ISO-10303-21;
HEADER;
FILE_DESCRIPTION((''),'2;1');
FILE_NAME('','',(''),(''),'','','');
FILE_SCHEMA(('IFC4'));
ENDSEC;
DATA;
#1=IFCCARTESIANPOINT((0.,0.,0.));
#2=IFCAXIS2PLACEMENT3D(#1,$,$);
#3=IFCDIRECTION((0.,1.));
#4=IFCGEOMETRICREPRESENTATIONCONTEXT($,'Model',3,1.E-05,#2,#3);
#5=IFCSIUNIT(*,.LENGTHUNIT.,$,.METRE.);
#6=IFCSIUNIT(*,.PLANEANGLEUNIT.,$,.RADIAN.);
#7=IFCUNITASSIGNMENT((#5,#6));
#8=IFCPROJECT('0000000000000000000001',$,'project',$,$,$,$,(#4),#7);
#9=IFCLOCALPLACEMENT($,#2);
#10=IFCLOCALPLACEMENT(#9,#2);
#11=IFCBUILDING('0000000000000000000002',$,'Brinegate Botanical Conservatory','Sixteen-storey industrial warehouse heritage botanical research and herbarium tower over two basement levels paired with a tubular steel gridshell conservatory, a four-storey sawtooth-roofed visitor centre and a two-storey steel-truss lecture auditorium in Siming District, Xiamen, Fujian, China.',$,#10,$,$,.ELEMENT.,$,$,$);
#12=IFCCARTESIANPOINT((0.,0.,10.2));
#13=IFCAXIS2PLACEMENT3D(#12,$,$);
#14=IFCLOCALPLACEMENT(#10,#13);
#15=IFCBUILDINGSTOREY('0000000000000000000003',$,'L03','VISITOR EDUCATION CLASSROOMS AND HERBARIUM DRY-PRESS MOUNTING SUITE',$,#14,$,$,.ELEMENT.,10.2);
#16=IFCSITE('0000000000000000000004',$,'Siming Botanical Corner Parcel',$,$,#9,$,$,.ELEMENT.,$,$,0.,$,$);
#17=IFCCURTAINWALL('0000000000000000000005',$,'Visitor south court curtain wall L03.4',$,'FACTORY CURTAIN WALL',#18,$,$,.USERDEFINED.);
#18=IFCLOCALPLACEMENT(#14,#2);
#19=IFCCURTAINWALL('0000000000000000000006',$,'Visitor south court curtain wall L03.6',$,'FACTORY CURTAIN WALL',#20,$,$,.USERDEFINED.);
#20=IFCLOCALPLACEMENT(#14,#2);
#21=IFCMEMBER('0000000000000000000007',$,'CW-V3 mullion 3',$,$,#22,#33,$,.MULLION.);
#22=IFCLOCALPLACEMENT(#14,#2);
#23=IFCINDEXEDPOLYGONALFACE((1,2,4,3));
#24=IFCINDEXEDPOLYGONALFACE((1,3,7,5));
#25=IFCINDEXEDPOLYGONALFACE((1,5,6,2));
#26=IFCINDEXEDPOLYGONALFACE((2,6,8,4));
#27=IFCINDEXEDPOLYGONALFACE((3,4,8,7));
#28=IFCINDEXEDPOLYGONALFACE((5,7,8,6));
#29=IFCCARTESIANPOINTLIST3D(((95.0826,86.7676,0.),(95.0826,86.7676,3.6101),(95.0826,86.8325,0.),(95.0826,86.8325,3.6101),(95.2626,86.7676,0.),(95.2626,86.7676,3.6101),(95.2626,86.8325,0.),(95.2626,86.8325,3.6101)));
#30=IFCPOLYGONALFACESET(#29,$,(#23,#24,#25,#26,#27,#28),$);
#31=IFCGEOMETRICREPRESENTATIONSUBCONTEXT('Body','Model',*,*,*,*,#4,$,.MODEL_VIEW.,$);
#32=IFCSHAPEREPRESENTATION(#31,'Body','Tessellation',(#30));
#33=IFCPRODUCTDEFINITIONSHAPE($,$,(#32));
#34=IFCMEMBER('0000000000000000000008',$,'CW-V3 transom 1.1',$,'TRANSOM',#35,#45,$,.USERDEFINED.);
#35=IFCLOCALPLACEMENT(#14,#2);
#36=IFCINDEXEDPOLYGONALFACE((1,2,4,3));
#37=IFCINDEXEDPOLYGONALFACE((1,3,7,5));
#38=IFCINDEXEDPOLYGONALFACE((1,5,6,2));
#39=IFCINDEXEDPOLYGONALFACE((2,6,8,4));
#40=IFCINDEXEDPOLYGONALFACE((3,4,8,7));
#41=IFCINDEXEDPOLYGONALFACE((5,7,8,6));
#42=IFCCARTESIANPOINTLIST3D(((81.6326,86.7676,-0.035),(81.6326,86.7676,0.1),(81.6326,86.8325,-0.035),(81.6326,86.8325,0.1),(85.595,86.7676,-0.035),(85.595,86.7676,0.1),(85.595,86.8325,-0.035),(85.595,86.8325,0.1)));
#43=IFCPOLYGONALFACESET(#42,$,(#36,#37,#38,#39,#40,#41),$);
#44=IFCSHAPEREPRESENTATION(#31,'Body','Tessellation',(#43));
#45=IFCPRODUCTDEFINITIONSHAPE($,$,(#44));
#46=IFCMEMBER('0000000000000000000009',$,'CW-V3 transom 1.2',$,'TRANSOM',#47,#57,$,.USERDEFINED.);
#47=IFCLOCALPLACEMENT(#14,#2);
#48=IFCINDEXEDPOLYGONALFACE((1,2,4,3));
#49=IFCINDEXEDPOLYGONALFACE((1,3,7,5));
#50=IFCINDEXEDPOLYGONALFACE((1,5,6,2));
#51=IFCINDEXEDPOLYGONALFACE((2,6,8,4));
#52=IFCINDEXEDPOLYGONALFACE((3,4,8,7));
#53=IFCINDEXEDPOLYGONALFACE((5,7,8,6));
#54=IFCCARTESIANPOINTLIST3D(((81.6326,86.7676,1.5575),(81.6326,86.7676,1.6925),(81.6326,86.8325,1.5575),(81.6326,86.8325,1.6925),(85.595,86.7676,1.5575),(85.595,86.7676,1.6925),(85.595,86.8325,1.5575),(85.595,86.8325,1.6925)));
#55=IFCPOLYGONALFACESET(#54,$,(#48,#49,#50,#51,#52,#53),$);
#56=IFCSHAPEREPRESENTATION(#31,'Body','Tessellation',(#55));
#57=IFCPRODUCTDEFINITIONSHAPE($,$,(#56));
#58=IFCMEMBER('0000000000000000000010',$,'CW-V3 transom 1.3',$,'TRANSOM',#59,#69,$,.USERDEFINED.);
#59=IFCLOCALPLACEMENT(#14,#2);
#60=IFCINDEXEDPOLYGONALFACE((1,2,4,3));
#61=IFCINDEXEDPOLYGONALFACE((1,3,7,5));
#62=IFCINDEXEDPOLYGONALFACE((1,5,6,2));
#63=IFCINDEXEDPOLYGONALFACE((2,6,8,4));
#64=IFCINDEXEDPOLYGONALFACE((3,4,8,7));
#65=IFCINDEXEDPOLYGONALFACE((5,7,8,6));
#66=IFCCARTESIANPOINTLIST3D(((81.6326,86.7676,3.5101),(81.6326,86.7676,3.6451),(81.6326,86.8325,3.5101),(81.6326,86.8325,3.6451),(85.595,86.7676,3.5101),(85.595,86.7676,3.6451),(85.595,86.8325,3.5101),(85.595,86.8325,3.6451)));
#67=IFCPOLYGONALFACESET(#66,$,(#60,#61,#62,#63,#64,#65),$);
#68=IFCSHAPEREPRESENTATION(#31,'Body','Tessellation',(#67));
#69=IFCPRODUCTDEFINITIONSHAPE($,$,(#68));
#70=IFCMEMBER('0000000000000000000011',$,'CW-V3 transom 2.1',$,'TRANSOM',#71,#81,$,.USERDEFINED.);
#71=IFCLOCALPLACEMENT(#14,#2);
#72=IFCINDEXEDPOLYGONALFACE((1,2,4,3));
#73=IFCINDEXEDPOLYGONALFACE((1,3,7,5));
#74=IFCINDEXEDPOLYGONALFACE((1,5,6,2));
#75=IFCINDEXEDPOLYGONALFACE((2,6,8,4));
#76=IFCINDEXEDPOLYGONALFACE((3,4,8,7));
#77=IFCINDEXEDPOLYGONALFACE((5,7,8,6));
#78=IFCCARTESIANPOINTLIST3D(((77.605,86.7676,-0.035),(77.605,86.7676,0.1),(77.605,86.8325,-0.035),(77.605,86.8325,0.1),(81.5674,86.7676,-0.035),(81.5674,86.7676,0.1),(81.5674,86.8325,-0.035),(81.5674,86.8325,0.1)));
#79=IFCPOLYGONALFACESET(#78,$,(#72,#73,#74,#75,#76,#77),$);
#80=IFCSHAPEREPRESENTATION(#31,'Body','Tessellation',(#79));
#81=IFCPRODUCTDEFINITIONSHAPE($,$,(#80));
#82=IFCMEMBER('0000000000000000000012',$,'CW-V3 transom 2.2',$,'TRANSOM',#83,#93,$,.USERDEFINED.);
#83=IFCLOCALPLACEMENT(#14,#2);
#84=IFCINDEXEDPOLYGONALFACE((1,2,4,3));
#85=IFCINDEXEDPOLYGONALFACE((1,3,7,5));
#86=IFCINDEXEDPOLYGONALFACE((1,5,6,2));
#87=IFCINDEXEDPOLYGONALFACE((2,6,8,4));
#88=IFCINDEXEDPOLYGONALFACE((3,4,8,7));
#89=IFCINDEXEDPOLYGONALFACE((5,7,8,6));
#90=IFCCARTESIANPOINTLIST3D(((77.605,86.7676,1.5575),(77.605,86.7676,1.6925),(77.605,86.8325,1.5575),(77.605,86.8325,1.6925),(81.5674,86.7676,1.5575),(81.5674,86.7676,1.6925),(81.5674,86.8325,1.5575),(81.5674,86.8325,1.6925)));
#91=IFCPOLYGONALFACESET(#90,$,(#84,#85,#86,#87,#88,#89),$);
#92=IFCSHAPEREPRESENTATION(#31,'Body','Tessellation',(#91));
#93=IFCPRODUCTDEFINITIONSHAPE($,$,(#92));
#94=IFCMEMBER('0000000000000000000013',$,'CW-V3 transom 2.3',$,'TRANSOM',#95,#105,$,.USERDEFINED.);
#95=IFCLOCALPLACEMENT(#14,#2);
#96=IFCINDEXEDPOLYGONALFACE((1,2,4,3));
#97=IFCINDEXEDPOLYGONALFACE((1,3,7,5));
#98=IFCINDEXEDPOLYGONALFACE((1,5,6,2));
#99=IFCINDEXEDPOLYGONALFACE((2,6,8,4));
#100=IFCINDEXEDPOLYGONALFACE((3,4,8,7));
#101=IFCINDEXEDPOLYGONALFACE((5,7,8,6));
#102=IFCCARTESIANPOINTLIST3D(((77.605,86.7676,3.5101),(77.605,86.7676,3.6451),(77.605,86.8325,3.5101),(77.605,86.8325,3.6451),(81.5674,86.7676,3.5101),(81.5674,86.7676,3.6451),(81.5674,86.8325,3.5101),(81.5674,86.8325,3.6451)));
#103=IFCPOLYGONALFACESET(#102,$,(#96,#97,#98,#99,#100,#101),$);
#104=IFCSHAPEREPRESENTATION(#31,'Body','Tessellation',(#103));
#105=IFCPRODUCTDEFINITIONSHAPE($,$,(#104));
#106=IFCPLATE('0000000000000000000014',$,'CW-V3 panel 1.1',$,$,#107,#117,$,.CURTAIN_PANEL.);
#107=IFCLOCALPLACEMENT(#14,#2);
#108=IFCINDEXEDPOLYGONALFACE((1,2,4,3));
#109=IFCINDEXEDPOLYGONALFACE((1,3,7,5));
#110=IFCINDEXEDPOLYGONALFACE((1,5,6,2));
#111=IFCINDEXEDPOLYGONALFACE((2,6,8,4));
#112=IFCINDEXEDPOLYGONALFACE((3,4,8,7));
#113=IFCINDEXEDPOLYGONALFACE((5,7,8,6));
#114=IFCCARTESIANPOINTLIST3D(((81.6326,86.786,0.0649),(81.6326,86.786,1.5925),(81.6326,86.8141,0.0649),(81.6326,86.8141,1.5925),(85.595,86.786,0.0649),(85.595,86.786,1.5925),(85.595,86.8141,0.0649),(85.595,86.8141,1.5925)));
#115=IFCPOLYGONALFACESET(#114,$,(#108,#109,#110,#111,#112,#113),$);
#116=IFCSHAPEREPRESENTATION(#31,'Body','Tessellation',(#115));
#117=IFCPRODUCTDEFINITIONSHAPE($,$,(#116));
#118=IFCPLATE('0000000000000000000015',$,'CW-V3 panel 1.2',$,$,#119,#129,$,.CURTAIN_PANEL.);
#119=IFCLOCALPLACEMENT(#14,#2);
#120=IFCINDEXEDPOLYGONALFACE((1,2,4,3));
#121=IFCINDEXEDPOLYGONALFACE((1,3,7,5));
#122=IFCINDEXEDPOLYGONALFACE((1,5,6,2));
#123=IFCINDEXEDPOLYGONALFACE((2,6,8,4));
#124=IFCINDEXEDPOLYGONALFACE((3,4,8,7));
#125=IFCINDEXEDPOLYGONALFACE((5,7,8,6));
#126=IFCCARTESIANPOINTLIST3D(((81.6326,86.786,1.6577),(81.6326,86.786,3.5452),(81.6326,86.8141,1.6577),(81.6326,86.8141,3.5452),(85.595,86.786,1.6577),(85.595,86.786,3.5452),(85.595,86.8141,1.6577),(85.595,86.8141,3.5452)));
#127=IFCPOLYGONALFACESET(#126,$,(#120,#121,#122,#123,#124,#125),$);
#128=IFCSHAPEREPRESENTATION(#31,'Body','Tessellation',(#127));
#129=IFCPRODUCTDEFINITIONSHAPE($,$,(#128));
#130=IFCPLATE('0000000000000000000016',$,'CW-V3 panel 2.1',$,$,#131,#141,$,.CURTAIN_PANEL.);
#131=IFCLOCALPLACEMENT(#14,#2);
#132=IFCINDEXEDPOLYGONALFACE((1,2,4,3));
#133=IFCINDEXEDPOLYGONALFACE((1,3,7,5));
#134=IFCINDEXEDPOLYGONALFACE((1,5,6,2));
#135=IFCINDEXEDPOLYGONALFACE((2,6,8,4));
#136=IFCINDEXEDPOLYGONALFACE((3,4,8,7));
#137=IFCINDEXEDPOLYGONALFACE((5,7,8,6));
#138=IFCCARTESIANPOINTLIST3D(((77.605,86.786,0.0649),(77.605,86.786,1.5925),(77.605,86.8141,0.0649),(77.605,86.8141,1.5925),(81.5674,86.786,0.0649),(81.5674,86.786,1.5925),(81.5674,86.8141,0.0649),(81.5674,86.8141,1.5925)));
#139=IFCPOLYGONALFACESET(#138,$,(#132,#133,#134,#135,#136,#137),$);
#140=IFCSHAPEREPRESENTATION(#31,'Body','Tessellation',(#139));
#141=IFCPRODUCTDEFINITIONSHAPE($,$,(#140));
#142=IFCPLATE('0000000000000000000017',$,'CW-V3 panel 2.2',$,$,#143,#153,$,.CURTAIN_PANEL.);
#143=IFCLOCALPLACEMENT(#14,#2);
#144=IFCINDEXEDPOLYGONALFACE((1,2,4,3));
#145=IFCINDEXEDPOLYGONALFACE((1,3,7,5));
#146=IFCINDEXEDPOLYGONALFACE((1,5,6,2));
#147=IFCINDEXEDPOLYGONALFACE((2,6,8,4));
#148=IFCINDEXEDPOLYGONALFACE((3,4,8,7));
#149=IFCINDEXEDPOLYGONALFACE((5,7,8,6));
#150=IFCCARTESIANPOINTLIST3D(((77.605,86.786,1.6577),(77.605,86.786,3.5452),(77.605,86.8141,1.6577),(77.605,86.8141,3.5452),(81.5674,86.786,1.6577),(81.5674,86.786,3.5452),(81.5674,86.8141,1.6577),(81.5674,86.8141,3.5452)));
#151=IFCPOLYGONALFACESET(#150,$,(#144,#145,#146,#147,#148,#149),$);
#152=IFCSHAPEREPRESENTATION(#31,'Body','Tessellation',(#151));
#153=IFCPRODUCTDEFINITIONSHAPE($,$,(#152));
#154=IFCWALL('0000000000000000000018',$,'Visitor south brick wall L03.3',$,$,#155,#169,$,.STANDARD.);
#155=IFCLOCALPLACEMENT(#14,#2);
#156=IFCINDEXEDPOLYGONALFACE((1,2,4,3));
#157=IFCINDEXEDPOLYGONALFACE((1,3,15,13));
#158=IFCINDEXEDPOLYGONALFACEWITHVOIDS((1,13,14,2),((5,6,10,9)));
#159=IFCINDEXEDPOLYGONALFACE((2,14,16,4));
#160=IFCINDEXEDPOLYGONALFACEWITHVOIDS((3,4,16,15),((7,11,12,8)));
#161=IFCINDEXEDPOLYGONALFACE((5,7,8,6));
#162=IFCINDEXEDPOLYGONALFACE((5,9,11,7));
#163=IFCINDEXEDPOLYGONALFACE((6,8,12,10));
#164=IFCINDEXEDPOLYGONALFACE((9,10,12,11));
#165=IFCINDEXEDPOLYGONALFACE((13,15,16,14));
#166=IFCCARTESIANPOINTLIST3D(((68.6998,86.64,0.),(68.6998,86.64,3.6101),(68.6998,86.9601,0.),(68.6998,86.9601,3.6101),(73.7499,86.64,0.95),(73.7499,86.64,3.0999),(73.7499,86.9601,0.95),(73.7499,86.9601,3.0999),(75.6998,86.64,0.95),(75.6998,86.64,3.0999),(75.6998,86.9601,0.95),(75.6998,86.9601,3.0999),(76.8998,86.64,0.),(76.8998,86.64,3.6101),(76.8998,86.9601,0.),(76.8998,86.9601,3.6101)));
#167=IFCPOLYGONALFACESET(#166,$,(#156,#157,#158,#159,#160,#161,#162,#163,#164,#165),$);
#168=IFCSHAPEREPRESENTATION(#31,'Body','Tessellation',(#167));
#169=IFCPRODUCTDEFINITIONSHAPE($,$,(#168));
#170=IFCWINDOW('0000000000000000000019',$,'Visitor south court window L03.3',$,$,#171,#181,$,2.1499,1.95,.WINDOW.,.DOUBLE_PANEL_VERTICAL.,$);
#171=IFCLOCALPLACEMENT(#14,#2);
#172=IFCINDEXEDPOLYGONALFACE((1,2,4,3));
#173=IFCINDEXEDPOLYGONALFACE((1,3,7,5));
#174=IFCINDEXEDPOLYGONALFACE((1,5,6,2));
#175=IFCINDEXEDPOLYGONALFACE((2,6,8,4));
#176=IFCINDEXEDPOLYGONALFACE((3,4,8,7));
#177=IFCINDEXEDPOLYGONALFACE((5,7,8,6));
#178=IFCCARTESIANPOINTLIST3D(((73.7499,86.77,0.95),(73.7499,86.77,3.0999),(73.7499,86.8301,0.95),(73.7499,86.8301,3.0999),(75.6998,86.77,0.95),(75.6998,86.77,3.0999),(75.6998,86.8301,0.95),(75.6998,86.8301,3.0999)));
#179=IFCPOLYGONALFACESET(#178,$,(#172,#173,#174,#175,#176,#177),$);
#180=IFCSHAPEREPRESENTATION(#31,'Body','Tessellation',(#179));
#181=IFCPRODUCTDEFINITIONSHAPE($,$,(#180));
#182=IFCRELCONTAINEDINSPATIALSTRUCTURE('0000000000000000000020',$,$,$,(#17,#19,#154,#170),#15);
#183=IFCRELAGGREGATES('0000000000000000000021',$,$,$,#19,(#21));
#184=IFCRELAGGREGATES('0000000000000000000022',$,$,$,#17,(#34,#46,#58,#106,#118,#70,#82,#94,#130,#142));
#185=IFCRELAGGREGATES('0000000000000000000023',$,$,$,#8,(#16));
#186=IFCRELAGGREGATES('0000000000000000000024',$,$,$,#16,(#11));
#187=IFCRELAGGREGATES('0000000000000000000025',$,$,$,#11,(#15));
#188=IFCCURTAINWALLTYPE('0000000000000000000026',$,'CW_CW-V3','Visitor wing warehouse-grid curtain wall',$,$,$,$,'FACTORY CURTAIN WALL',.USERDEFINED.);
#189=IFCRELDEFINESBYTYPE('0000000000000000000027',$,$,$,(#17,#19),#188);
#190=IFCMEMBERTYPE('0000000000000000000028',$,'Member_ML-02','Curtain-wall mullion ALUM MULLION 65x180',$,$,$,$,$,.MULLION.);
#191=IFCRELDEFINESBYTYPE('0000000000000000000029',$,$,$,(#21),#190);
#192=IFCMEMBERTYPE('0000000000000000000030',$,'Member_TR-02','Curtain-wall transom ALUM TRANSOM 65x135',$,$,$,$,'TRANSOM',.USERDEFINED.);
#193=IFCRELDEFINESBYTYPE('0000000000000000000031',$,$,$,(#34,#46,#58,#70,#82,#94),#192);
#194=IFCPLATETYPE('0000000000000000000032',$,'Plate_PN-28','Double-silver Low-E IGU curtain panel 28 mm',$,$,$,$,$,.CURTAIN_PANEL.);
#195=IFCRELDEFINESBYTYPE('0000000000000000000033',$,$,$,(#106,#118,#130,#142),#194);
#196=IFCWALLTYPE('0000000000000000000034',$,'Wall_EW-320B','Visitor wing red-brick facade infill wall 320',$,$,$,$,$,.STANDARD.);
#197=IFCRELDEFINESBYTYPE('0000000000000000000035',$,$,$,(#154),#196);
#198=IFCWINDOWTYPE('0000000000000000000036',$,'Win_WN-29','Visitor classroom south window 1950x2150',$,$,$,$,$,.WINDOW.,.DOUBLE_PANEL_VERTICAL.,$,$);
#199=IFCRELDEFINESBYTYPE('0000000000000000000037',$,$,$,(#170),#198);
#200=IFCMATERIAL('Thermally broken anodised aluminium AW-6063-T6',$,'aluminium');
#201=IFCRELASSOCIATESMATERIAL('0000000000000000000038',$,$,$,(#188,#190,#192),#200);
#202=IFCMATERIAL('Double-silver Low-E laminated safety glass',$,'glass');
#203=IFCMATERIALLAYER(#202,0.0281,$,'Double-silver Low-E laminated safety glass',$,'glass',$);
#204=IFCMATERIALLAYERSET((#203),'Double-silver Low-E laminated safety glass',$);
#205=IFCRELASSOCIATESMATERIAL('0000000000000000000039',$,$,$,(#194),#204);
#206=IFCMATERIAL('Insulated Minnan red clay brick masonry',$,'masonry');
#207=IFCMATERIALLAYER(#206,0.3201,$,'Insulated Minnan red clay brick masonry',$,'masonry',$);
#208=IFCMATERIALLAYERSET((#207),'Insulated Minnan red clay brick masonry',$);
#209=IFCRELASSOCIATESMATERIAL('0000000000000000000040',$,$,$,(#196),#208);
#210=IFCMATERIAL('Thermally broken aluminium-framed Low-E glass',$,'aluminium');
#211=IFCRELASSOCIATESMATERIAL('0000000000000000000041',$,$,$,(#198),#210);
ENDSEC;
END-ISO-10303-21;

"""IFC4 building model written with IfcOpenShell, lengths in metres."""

from ifc_helpers import new_model, si_unit, direction, frame, frame_2d, origin, origin_2d, place, context, subcontext, project, spatial, rectangle, extrude, material, layer, layer_set, material_profile, profile_set, type_object, element, fill, aggregate, save


model = new_model("IFC4")

# Units and contexts
model_context = context("Model", 3, precision=1e-05, world=origin(), true_north=direction((0.0, 1.0)))
body_context = subcontext(model_context, "Body", "Model", "MODEL_VIEW")
ifc_project = project(units=[si_unit("LENGTHUNIT", "METRE"), si_unit("PLANEANGLEUNIT", "RADIAN")], contexts=[model_context])

# Site, building, storey
site_placement = place(None, origin())
site = spatial("IfcSite", under=ifc_project, at=site_placement, Name="Siming Botanical Corner Parcel", CompositionType="ELEMENT", RefElevation=0.0)
building_placement = place(site_placement, origin())
building = spatial("IfcBuilding", under=site, at=building_placement, Name="Brinegate Botanical Conservatory", Description="Sixteen-storey industrial warehouse heritage botanical research and herbarium tower over two basement levels paired with a tubular steel gridshell conservatory, a four-storey sawtooth-roofed visitor centre and a two-storey steel-truss lecture auditorium in Siming District, Xiamen, Fujian, China.", CompositionType="ELEMENT")
storey_placement = place(building_placement, frame((0.0, 0.0, 10.2)))
storey = spatial("IfcBuildingStorey", under=building, at=storey_placement, Name="L03", Description="VISITOR EDUCATION CLASSROOMS AND HERBARIUM DRY-PRESS MOUNTING SUITE", CompositionType="ELEMENT", Elevation=10.2)

# Curtain wall
ifc_material_1 = material(Name="Thermally broken anodised aluminium AW-6063-T6", Category="aluminium")
curtain_wall_type = type_object("IfcCurtainWallType", Name="CW_CW-V3", Description="Visitor wing warehouse-grid curtain wall", ElementType="FACTORY CURTAIN WALL", PredefinedType="USERDEFINED", material=ifc_material_1)
curtain_wall_1_placement = place(storey_placement, origin())
curtain_wall_1 = element("IfcCurtainWall", 1, at=curtain_wall_1_placement, inside=storey, type_object=curtain_wall_type, Name="Visitor south court curtain wall L03.4", ObjectType="FACTORY CURTAIN WALL", PredefinedType="USERDEFINED")
ifc_material_profile_1 = material_profile(ifc_material_1, rectangle(XDim=0.0649, YDim=0.1799, at=origin_2d()), Name="ALUM MULLION 65x180")
ifc_profile_set_1 = profile_set([ifc_material_profile_1], Name="Thermally broken anodised aluminium AW-6063-T6")
member_type_1 = type_object("IfcMemberType", Name="Member_ML-02", Description="Curtain-wall mullion ALUM MULLION 65x180", PredefinedType="MULLION", material=ifc_profile_set_1)

# Curtain wall, member
curtain_wall_2_placement = place(storey_placement, origin())
curtain_wall_2 = element("IfcCurtainWall", 2, at=curtain_wall_2_placement, inside=storey, type_object=curtain_wall_type, Name="Visitor south court curtain wall L03.6", ObjectType="FACTORY CURTAIN WALL", PredefinedType="USERDEFINED")
member_1_placement = place(storey_placement, frame((95.1726, 86.8, 0.0), z_axis=(0.0, 0.0, 1.0), x_axis=(0.0, -1.0, 0.0)))
member_1 = element("IfcMember", 3, at=member_1_placement, type_object=member_type_1, Name="CW-V3 mullion 3", PredefinedType="MULLION", context=body_context, shape_type="SweptSolid", body=[
    extrude(rectangle(XDim=0.0649, YDim=0.1799, at=origin_2d()), origin(), (0.0, 0.0, 1.0), 3.6101),
])
aggregate(curtain_wall_2, [member_1])

# Members
ifc_material_profile_2 = material_profile(ifc_material_1, rectangle(XDim=0.0649, YDim=0.135, at=origin_2d()), Name="ALUM TRANSOM 65x135")
ifc_profile_set_2 = profile_set([ifc_material_profile_2], Name="Thermally broken anodised aluminium AW-6063-T6")
member_type_2 = type_object("IfcMemberType", Name="Member_TR-02", Description="Curtain-wall transom ALUM TRANSOM 65x135", ElementType="TRANSOM", PredefinedType="USERDEFINED", material=ifc_profile_set_2)
member_2_placement = place(storey_placement, frame((85.595, 86.8, 0.0325), z_axis=(-1.0, 0.0, 0.0), x_axis=(0.0, -1.0, 0.0)))
member_2 = element("IfcMember", 4, at=member_2_placement, type_object=member_type_2, Name="CW-V3 transom 1.1", ObjectType="TRANSOM", PredefinedType="USERDEFINED", context=body_context, shape_type="SweptSolid", body=[
    extrude(rectangle(XDim=0.0649, YDim=0.135, at=origin_2d()), origin(), (0.0, 0.0, 1.0), 3.9624),
])
member_3_placement = place(storey_placement, frame((85.595, 86.8, 1.625), z_axis=(-1.0, 0.0, 0.0), x_axis=(0.0, -1.0, 0.0)))
member_3 = element("IfcMember", 5, at=member_3_placement, type_object=member_type_2, Name="CW-V3 transom 1.2", ObjectType="TRANSOM", PredefinedType="USERDEFINED", context=body_context, shape_type="SweptSolid", body=[
    extrude(rectangle(XDim=0.0649, YDim=0.135, at=origin_2d()), origin(), (0.0, 0.0, 1.0), 3.9624),
])
member_4_placement = place(storey_placement, frame((85.595, 86.8, 3.5776), z_axis=(-1.0, 0.0, 0.0), x_axis=(0.0, -1.0, 0.0)))
member_4 = element("IfcMember", 6, at=member_4_placement, type_object=member_type_2, Name="CW-V3 transom 1.3", ObjectType="TRANSOM", PredefinedType="USERDEFINED", context=body_context, shape_type="SweptSolid", body=[
    extrude(rectangle(XDim=0.0649, YDim=0.135, at=origin_2d()), origin(), (0.0, 0.0, 1.0), 3.9624),
])
member_5_placement = place(storey_placement, frame((81.5674, 86.8, 0.0325), z_axis=(-1.0, 0.0, 0.0), x_axis=(0.0, -1.0, 0.0)))
member_5 = element("IfcMember", 7, at=member_5_placement, type_object=member_type_2, Name="CW-V3 transom 2.1", ObjectType="TRANSOM", PredefinedType="USERDEFINED", context=body_context, shape_type="SweptSolid", body=[
    extrude(rectangle(XDim=0.0649, YDim=0.135, at=origin_2d()), origin(), (0.0, 0.0, 1.0), 3.9624),
])
member_6_placement = place(storey_placement, frame((81.5674, 86.8, 1.625), z_axis=(-1.0, 0.0, 0.0), x_axis=(0.0, -1.0, 0.0)))
member_6 = element("IfcMember", 8, at=member_6_placement, type_object=member_type_2, Name="CW-V3 transom 2.2", ObjectType="TRANSOM", PredefinedType="USERDEFINED", context=body_context, shape_type="SweptSolid", body=[
    extrude(rectangle(XDim=0.0649, YDim=0.135, at=origin_2d()), origin(), (0.0, 0.0, 1.0), 3.9624),
])
member_7_placement = place(storey_placement, frame((81.5674, 86.8, 3.5776), z_axis=(-1.0, 0.0, 0.0), x_axis=(0.0, -1.0, 0.0)))
member_7 = element("IfcMember", 9, at=member_7_placement, type_object=member_type_2, Name="CW-V3 transom 2.3", ObjectType="TRANSOM", PredefinedType="USERDEFINED", context=body_context, shape_type="SweptSolid", body=[
    extrude(rectangle(XDim=0.0649, YDim=0.135, at=origin_2d()), origin(), (0.0, 0.0, 1.0), 3.9624),
])

# Plates
ifc_material_2 = material(Name="Double-silver Low-E laminated safety glass", Category="glass")
ifc_layer_1 = layer(ifc_material_2, 0.0281, Name="Double-silver Low-E laminated safety glass", Category="glass")
ifc_layer_set_1 = layer_set([ifc_layer_1], Name="Double-silver Low-E laminated safety glass")
plate_type = type_object("IfcPlateType", Name="Plate_PN-28", Description="Double-silver Low-E IGU curtain panel 28 mm", PredefinedType="CURTAIN_PANEL", material=ifc_layer_set_1)
plate_1_placement = place(storey_placement, frame((83.6138, 86.8, 0.0649), z_axis=(0.0, 0.0, 1.0), x_axis=(-1.0, 0.0, 0.0)))
plate_1 = element("IfcPlate", 10, at=plate_1_placement, type_object=plate_type, Name="CW-V3 panel 1.1", PredefinedType="CURTAIN_PANEL", context=body_context, shape_type="SweptSolid", body=[
    extrude(rectangle(XDim=3.9624, YDim=0.0281, at=origin_2d()), origin(), (0.0, 0.0, 1.0), 1.5276),
])
plate_2_placement = place(storey_placement, frame((83.6138, 86.8, 1.6577), z_axis=(0.0, 0.0, 1.0), x_axis=(-1.0, 0.0, 0.0)))
plate_2 = element("IfcPlate", 11, at=plate_2_placement, type_object=plate_type, Name="CW-V3 panel 1.2", PredefinedType="CURTAIN_PANEL", context=body_context, shape_type="SweptSolid", body=[
    extrude(rectangle(XDim=3.9624, YDim=0.0281, at=origin_2d()), origin(), (0.0, 0.0, 1.0), 1.8875),
])
plate_3_placement = place(storey_placement, frame((79.5862, 86.8, 0.0649), z_axis=(0.0, 0.0, 1.0), x_axis=(-1.0, 0.0, 0.0)))
plate_3 = element("IfcPlate", 12, at=plate_3_placement, type_object=plate_type, Name="CW-V3 panel 2.1", PredefinedType="CURTAIN_PANEL", context=body_context, shape_type="SweptSolid", body=[
    extrude(rectangle(XDim=3.9624, YDim=0.0281, at=origin_2d()), origin(), (0.0, 0.0, 1.0), 1.5276),
])
plate_4_placement = place(storey_placement, frame((79.5862, 86.8, 1.6577), z_axis=(0.0, 0.0, 1.0), x_axis=(-1.0, 0.0, 0.0)))
plate_4 = element("IfcPlate", 13, at=plate_4_placement, type_object=plate_type, Name="CW-V3 panel 2.2", PredefinedType="CURTAIN_PANEL", context=body_context, shape_type="SweptSolid", body=[
    extrude(rectangle(XDim=3.9624, YDim=0.0281, at=origin_2d()), origin(), (0.0, 0.0, 1.0), 1.8875),
])
aggregate(curtain_wall_1, [member_2, member_3, member_4, plate_1, plate_2, member_5, member_6, member_7, plate_3, plate_4])

# Wall, opening, window
ifc_material_3 = material(Name="Insulated Minnan red clay brick masonry", Category="masonry")
ifc_layer_2 = layer(ifc_material_3, 0.3201, Name="Insulated Minnan red clay brick masonry", Category="masonry")
ifc_layer_set_2 = layer_set([ifc_layer_2], Name="Insulated Minnan red clay brick masonry")
wall_type_1 = type_object("IfcWallType", Name="Wall_EW-320B", Description="Visitor wing red-brick facade infill wall 320", PredefinedType="STANDARD", material=ifc_layer_set_2)
wall_1_placement = place(storey_placement, frame((76.8999, 86.8, 0.0), z_axis=(0.0, 0.0, 1.0), x_axis=(-1.0, 0.0, 0.0)))
wall_1 = element("IfcWall", 14, at=wall_1_placement, inside=storey, type_object=wall_type_1, Name="Visitor south brick wall L03.3", PredefinedType="STANDARD", context=body_context, shape_type="SweptSolid", body=[
    extrude(rectangle(XDim=8.2, YDim=0.3201, at=frame_2d((4.1001, 0.0))), origin(), (0.0, 0.0, 1.0), 3.6101),
])
opening_1_placement = place(wall_1_placement, frame((1.2, 0.0, 0.95)))
opening_1 = element("IfcOpeningElement", 15, at=opening_1_placement, cuts=wall_1, PredefinedType="OPENING", context=body_context, shape_type="SweptSolid", body=[
    extrude(rectangle(XDim=1.95, YDim=2.1499, at=frame_2d((0.9751, 1.075))), frame((0.0, 0.1699, 0.0), z_axis=(0.0, -1.0, 0.0), x_axis=(1.0, 0.0, 0.0)), (0.0, 0.0, 1.0), 0.3401),
])
ifc_material_4 = material(Name="Thermally broken aluminium-framed Low-E glass", Category="aluminium")
window_type = type_object("IfcWindowType", Name="Win_WN-29", Description="Visitor classroom south window 1950x2150", PartitioningType="DOUBLE_PANEL_VERTICAL", PredefinedType="WINDOW", material=ifc_material_4)
window_1_placement = place(opening_1_placement, origin())
window_1 = element("IfcWindow", 16, at=window_1_placement, inside=storey, type_object=window_type, Name="Visitor south court window L03.3", OverallHeight=2.1499, OverallWidth=1.95, PartitioningType="DOUBLE_PANEL_VERTICAL", PredefinedType="WINDOW", context=body_context, shape_type="SweptSolid", body=[
    extrude(rectangle(XDim=1.95, YDim=2.1499, at=frame_2d((0.9751, 1.075))), frame((0.0, 0.03, 0.0), z_axis=(0.0, -1.0, 0.0), x_axis=(1.0, 0.0, 0.0)), (0.0, 0.0, 1.0), 0.0601),
])
fill(opening_1, window_1)

save(model, "model.ifc")
